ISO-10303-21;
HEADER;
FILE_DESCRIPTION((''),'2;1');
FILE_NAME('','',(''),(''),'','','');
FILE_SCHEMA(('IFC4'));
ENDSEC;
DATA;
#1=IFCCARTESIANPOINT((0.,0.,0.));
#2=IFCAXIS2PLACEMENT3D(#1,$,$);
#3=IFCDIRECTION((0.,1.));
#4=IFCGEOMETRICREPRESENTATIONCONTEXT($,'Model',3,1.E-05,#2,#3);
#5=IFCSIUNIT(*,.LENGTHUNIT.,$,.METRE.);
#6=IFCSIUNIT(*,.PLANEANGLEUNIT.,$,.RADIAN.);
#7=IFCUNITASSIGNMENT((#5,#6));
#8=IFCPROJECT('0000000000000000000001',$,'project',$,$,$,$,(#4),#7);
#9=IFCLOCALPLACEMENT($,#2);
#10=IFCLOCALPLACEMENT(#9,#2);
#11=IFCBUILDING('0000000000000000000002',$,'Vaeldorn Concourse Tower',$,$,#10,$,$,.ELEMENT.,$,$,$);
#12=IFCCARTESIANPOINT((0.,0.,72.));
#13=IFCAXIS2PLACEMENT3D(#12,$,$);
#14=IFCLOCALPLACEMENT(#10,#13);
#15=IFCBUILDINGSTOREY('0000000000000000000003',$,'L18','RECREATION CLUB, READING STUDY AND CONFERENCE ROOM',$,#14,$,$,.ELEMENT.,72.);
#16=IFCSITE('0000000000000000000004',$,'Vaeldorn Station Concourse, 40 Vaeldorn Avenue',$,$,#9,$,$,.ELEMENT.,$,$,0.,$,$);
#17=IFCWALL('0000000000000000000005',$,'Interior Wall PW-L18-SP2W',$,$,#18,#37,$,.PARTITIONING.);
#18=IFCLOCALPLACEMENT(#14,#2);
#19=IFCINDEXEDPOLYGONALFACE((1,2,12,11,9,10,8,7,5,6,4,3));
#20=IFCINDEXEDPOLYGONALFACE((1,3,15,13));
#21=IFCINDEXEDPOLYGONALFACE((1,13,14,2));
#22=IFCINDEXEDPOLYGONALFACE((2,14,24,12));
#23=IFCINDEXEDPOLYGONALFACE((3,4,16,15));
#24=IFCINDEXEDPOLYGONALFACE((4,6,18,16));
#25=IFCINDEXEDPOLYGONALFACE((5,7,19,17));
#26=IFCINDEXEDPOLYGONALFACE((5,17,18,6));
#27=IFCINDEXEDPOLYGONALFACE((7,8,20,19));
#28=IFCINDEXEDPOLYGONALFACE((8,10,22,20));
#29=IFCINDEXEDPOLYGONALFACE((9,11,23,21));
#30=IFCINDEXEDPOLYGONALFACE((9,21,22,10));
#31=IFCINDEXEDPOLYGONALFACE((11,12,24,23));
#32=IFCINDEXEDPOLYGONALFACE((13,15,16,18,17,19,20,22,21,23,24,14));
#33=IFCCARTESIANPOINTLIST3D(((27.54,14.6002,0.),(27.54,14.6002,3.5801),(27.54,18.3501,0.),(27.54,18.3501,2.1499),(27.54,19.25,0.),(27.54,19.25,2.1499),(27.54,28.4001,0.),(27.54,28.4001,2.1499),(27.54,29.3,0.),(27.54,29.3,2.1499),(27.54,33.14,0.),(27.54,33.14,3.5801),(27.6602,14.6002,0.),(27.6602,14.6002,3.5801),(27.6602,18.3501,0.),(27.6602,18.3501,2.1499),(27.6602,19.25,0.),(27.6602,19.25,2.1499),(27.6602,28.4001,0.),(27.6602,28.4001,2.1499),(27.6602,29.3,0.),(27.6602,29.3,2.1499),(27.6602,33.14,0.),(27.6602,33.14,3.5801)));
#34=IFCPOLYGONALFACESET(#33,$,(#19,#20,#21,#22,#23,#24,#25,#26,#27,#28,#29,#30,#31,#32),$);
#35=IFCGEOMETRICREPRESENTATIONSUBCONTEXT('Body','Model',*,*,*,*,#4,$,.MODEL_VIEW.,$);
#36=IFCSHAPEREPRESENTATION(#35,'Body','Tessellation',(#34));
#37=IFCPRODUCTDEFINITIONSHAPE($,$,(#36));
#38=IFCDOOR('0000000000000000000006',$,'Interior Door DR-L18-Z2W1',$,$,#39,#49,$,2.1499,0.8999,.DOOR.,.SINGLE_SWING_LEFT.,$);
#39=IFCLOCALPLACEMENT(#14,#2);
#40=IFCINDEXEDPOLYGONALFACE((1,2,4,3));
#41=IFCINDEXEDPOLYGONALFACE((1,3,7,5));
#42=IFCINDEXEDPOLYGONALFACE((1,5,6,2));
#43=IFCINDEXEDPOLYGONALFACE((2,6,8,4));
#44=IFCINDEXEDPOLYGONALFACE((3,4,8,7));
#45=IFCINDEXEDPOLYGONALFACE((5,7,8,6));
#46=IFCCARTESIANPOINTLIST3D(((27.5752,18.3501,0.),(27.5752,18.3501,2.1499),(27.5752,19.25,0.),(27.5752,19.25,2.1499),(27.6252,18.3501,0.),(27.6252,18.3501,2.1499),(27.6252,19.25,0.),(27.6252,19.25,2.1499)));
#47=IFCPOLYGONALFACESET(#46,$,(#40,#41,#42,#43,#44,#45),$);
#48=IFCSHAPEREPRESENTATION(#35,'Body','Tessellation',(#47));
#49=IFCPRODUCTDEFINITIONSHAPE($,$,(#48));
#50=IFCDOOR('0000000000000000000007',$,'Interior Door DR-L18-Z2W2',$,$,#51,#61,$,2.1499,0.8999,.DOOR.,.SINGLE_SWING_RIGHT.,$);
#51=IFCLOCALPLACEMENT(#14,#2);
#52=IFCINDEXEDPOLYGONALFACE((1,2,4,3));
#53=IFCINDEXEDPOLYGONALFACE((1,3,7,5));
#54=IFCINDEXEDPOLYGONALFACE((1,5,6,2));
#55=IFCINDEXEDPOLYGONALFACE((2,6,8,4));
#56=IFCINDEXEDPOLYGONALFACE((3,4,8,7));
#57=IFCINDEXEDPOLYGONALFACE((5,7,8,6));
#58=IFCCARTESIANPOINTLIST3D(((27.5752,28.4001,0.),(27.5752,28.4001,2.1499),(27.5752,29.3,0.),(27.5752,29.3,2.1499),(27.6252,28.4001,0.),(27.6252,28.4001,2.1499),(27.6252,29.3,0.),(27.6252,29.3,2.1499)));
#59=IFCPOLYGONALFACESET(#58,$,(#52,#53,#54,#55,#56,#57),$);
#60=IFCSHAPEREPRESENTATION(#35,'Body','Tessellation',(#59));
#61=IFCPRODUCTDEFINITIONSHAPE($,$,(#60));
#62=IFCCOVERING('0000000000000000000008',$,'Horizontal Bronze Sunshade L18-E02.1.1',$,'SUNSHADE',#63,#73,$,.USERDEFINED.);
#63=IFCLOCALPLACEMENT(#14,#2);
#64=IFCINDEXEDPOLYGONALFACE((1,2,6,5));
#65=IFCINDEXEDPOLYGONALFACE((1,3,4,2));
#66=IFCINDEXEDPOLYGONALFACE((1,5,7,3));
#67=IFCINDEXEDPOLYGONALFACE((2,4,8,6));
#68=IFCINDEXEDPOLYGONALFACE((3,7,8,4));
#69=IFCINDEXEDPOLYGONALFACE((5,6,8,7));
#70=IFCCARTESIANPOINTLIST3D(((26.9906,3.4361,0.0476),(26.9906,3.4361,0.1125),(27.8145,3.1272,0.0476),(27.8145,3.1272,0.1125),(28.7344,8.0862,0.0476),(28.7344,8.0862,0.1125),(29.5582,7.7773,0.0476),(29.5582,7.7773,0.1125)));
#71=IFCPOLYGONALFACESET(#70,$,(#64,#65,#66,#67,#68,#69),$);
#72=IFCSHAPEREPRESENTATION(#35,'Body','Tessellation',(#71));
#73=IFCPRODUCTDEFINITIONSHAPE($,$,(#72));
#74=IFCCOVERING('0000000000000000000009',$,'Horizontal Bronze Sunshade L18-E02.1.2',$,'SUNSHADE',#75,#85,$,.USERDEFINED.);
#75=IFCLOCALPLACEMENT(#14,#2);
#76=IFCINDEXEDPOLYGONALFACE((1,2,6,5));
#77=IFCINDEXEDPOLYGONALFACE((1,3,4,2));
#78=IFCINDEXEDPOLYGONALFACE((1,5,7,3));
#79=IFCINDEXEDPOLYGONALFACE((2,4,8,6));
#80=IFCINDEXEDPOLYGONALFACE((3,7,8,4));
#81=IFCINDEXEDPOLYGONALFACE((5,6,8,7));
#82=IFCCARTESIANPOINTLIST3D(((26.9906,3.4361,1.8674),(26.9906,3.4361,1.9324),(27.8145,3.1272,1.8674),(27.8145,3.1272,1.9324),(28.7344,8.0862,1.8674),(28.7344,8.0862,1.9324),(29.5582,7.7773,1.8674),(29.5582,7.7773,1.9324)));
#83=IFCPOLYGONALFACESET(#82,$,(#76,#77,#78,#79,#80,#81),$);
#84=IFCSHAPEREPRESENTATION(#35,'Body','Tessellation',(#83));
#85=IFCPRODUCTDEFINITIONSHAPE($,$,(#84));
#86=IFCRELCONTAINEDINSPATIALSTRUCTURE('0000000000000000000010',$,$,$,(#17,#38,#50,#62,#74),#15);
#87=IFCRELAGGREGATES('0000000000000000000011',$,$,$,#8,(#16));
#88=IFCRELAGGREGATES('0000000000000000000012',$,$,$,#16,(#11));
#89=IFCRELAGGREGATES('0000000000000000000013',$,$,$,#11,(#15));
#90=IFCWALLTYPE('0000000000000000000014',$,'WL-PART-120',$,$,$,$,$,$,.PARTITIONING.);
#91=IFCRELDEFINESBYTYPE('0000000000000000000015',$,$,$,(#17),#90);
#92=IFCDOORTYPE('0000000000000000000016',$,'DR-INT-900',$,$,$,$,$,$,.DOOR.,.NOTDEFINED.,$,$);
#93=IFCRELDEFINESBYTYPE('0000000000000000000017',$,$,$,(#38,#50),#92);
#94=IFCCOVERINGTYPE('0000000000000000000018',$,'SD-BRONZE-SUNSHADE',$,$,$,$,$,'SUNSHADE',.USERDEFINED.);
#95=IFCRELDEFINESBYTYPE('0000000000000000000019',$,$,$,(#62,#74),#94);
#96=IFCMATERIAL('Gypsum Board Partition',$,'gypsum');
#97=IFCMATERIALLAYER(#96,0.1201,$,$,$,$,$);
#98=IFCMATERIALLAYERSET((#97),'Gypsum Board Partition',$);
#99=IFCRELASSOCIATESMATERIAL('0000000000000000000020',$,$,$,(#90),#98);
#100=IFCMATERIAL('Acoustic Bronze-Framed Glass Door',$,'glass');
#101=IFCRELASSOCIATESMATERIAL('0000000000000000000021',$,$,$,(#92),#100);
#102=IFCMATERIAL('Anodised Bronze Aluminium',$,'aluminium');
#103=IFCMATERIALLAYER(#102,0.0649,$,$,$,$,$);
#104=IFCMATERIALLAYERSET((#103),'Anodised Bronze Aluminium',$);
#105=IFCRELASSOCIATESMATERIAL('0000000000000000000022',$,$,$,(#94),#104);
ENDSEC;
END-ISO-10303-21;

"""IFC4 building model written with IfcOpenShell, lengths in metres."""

from ifc_helpers import new_model, si_unit, direction, frame, frame_2d, origin, origin_2d, place, context, subcontext, project, spatial, rectangle, extrude, source, transform, mapped, material, layer, layer_set, type_object, element, fill, save


model = new_model("IFC4")

# Units and contexts
model_context = context("Model", 3, precision=1e-05, world=origin(), true_north=direction((0.0, 1.0)))
body_context = subcontext(model_context, "Body", "Model", "MODEL_VIEW")
ifc_project = project(units=[si_unit("LENGTHUNIT", "METRE"), si_unit("PLANEANGLEUNIT", "RADIAN")], contexts=[model_context])

# Site, building, storey
site_placement = place(None, origin())
site = spatial("IfcSite", under=ifc_project, at=site_placement, Name="Vaeldorn Station Concourse, 40 Vaeldorn Avenue", CompositionType="ELEMENT", RefElevation=0.0)
building_placement = place(site_placement, origin())
building = spatial("IfcBuilding", under=site, at=building_placement, Name="Vaeldorn Concourse Tower", CompositionType="ELEMENT")
storey_placement = place(building_placement, frame((0.0, 0.0, 72.0)))
storey = spatial("IfcBuildingStorey", under=building, at=storey_placement, Name="L18", Description="RECREATION CLUB, READING STUDY AND CONFERENCE ROOM", CompositionType="ELEMENT", Elevation=72.0)

# Shared definitions
ifc_material_1 = material(Name="Anodised Bronze Aluminium", Category="aluminium")

# Wall, openings, doors
ifc_material_2 = material(Name="Gypsum Board Partition", Category="gypsum")
ifc_layer_1 = layer(ifc_material_2, 0.1201)
ifc_layer_set_1 = layer_set([ifc_layer_1], Name="Gypsum Board Partition")
wall_type = type_object("IfcWallType", Name="WL-PART-120", PredefinedType="PARTITIONING", material=ifc_layer_set_1)
wall_1_placement = place(storey_placement, frame((27.6001, 14.6001, 0.0), z_axis=(0.0, 0.0, 1.0), x_axis=(0.0, 1.0, 0.0)))
wall_1 = element("IfcWall", 1, at=wall_1_placement, inside=storey, type_object=wall_type, Name="Interior Wall PW-L18-SP2W", PredefinedType="PARTITIONING", context=body_context, shape_type="SweptSolid", body=[
    extrude(rectangle(XDim=18.5398, YDim=0.1201, at=frame_2d((9.27, 0.0))), origin(), (0.0, 0.0, 1.0), 3.5801),
])
opening_1_placement = place(wall_1_placement, frame((3.75, 0.0, 0.0)))
opening_1 = element("IfcOpeningElement", 2, at=opening_1_placement, cuts=wall_1, PredefinedType="OPENING", context=body_context, shape_type="SweptSolid", body=[
    extrude(rectangle(XDim=0.8999, YDim=2.1499, at=frame_2d((0.45, 1.075))), frame((0.0, 0.0701, 0.0), z_axis=(0.0, -1.0, 0.0), x_axis=(1.0, 0.0, 0.0)), (0.0, 0.0, 1.0), 0.1401),
])
opening_2_placement = place(wall_1_placement, frame((13.8, 0.0, 0.0)))
opening_2 = element("IfcOpeningElement", 3, at=opening_2_placement, cuts=wall_1, PredefinedType="OPENING", context=body_context, shape_type="SweptSolid", body=[
    extrude(rectangle(XDim=0.8999, YDim=2.1499, at=frame_2d((0.45, 1.075))), frame((0.0, 0.0701, 0.0), z_axis=(0.0, -1.0, 0.0), x_axis=(1.0, 0.0, 0.0)), (0.0, 0.0, 1.0), 0.1401),
])
ifc_material_3 = material(Name="Acoustic Bronze-Framed Glass Door", Category="glass")
door_type = type_object("IfcDoorType", Name="DR-INT-900", OperationType="NOTDEFINED", PredefinedType="DOOR", material=ifc_material_3)
shared_shape_1 = source(origin(), body_context, "Body", "SweptSolid", [
    extrude(rectangle(XDim=0.8999, YDim=2.1499, at=frame_2d((0.45, 1.075))), frame((0.0, 0.0249, 0.0), z_axis=(0.0, -1.0, 0.0), x_axis=(1.0, 0.0, 0.0)), (0.0, 0.0, 1.0), 0.05),
])
door_1_placement = place(opening_1_placement, origin())
door_1 = element("IfcDoor", 4, at=door_1_placement, inside=storey, type_object=door_type, Name="Interior Door DR-L18-Z2W1", OperationType="SINGLE_SWING_LEFT", OverallHeight=2.1499, OverallWidth=0.8999, PredefinedType="DOOR", context=body_context, shape_type="MappedRepresentation", body=[
    mapped(shared_shape_1, transform((0.0, 0.0, 0.0), scale=1.0)),
])
fill(opening_1, door_1)
door_2_placement = place(opening_2_placement, origin())
door_2 = element("IfcDoor", 5, at=door_2_placement, inside=storey, type_object=door_type, Name="Interior Door DR-L18-Z2W2", OperationType="SINGLE_SWING_RIGHT", OverallHeight=2.1499, OverallWidth=0.8999, PredefinedType="DOOR", context=body_context, shape_type="MappedRepresentation", body=[
    mapped(shared_shape_1, transform((0.0, 0.0, 0.0), scale=1.0)),
])
fill(opening_2, door_2)

# Coverings
ifc_layer_2 = layer(ifc_material_1, 0.0649)
ifc_layer_set_2 = layer_set([ifc_layer_2], Name="Anodised Bronze Aluminium")
covering_type = type_object("IfcCoveringType", Name="SD-BRONZE-SUNSHADE", ElementType="SUNSHADE", PredefinedType="USERDEFINED", material=ifc_layer_set_2)
shared_shape_2 = source(origin(), body_context, "Body", "SweptSolid", [
    extrude(rectangle(XDim=4.9663, YDim=0.8799, at=origin_2d()), origin(), (0.0, 0.0, 1.0), 0.0649),
])
for number, where, z_axis, x_axis, name in (
    (6, (28.2744, 5.6067, 0.0476), (0.0, 0.0, 1.0), (0.351123, 0.936329, 0.0), "Horizontal Bronze Sunshade L18-E02.1.1"),
    (7, (28.2744, 5.6067, 1.8674), (0.0, 0.0, 1.0), (0.351123, 0.936329, 0.0), "Horizontal Bronze Sunshade L18-E02.1.2"),
):
    element("IfcCovering", number, at=place(storey_placement, frame(where, z_axis=z_axis, x_axis=x_axis)), inside=storey, type_object=covering_type, Name=name, ObjectType="SUNSHADE", PredefinedType="USERDEFINED", context=body_context, shape_type="MappedRepresentation", body=[
        mapped(shared_shape_2, transform((0.0, 0.0, 0.0), scale=1.0)),
    ])

save(model, "model.ifc")
